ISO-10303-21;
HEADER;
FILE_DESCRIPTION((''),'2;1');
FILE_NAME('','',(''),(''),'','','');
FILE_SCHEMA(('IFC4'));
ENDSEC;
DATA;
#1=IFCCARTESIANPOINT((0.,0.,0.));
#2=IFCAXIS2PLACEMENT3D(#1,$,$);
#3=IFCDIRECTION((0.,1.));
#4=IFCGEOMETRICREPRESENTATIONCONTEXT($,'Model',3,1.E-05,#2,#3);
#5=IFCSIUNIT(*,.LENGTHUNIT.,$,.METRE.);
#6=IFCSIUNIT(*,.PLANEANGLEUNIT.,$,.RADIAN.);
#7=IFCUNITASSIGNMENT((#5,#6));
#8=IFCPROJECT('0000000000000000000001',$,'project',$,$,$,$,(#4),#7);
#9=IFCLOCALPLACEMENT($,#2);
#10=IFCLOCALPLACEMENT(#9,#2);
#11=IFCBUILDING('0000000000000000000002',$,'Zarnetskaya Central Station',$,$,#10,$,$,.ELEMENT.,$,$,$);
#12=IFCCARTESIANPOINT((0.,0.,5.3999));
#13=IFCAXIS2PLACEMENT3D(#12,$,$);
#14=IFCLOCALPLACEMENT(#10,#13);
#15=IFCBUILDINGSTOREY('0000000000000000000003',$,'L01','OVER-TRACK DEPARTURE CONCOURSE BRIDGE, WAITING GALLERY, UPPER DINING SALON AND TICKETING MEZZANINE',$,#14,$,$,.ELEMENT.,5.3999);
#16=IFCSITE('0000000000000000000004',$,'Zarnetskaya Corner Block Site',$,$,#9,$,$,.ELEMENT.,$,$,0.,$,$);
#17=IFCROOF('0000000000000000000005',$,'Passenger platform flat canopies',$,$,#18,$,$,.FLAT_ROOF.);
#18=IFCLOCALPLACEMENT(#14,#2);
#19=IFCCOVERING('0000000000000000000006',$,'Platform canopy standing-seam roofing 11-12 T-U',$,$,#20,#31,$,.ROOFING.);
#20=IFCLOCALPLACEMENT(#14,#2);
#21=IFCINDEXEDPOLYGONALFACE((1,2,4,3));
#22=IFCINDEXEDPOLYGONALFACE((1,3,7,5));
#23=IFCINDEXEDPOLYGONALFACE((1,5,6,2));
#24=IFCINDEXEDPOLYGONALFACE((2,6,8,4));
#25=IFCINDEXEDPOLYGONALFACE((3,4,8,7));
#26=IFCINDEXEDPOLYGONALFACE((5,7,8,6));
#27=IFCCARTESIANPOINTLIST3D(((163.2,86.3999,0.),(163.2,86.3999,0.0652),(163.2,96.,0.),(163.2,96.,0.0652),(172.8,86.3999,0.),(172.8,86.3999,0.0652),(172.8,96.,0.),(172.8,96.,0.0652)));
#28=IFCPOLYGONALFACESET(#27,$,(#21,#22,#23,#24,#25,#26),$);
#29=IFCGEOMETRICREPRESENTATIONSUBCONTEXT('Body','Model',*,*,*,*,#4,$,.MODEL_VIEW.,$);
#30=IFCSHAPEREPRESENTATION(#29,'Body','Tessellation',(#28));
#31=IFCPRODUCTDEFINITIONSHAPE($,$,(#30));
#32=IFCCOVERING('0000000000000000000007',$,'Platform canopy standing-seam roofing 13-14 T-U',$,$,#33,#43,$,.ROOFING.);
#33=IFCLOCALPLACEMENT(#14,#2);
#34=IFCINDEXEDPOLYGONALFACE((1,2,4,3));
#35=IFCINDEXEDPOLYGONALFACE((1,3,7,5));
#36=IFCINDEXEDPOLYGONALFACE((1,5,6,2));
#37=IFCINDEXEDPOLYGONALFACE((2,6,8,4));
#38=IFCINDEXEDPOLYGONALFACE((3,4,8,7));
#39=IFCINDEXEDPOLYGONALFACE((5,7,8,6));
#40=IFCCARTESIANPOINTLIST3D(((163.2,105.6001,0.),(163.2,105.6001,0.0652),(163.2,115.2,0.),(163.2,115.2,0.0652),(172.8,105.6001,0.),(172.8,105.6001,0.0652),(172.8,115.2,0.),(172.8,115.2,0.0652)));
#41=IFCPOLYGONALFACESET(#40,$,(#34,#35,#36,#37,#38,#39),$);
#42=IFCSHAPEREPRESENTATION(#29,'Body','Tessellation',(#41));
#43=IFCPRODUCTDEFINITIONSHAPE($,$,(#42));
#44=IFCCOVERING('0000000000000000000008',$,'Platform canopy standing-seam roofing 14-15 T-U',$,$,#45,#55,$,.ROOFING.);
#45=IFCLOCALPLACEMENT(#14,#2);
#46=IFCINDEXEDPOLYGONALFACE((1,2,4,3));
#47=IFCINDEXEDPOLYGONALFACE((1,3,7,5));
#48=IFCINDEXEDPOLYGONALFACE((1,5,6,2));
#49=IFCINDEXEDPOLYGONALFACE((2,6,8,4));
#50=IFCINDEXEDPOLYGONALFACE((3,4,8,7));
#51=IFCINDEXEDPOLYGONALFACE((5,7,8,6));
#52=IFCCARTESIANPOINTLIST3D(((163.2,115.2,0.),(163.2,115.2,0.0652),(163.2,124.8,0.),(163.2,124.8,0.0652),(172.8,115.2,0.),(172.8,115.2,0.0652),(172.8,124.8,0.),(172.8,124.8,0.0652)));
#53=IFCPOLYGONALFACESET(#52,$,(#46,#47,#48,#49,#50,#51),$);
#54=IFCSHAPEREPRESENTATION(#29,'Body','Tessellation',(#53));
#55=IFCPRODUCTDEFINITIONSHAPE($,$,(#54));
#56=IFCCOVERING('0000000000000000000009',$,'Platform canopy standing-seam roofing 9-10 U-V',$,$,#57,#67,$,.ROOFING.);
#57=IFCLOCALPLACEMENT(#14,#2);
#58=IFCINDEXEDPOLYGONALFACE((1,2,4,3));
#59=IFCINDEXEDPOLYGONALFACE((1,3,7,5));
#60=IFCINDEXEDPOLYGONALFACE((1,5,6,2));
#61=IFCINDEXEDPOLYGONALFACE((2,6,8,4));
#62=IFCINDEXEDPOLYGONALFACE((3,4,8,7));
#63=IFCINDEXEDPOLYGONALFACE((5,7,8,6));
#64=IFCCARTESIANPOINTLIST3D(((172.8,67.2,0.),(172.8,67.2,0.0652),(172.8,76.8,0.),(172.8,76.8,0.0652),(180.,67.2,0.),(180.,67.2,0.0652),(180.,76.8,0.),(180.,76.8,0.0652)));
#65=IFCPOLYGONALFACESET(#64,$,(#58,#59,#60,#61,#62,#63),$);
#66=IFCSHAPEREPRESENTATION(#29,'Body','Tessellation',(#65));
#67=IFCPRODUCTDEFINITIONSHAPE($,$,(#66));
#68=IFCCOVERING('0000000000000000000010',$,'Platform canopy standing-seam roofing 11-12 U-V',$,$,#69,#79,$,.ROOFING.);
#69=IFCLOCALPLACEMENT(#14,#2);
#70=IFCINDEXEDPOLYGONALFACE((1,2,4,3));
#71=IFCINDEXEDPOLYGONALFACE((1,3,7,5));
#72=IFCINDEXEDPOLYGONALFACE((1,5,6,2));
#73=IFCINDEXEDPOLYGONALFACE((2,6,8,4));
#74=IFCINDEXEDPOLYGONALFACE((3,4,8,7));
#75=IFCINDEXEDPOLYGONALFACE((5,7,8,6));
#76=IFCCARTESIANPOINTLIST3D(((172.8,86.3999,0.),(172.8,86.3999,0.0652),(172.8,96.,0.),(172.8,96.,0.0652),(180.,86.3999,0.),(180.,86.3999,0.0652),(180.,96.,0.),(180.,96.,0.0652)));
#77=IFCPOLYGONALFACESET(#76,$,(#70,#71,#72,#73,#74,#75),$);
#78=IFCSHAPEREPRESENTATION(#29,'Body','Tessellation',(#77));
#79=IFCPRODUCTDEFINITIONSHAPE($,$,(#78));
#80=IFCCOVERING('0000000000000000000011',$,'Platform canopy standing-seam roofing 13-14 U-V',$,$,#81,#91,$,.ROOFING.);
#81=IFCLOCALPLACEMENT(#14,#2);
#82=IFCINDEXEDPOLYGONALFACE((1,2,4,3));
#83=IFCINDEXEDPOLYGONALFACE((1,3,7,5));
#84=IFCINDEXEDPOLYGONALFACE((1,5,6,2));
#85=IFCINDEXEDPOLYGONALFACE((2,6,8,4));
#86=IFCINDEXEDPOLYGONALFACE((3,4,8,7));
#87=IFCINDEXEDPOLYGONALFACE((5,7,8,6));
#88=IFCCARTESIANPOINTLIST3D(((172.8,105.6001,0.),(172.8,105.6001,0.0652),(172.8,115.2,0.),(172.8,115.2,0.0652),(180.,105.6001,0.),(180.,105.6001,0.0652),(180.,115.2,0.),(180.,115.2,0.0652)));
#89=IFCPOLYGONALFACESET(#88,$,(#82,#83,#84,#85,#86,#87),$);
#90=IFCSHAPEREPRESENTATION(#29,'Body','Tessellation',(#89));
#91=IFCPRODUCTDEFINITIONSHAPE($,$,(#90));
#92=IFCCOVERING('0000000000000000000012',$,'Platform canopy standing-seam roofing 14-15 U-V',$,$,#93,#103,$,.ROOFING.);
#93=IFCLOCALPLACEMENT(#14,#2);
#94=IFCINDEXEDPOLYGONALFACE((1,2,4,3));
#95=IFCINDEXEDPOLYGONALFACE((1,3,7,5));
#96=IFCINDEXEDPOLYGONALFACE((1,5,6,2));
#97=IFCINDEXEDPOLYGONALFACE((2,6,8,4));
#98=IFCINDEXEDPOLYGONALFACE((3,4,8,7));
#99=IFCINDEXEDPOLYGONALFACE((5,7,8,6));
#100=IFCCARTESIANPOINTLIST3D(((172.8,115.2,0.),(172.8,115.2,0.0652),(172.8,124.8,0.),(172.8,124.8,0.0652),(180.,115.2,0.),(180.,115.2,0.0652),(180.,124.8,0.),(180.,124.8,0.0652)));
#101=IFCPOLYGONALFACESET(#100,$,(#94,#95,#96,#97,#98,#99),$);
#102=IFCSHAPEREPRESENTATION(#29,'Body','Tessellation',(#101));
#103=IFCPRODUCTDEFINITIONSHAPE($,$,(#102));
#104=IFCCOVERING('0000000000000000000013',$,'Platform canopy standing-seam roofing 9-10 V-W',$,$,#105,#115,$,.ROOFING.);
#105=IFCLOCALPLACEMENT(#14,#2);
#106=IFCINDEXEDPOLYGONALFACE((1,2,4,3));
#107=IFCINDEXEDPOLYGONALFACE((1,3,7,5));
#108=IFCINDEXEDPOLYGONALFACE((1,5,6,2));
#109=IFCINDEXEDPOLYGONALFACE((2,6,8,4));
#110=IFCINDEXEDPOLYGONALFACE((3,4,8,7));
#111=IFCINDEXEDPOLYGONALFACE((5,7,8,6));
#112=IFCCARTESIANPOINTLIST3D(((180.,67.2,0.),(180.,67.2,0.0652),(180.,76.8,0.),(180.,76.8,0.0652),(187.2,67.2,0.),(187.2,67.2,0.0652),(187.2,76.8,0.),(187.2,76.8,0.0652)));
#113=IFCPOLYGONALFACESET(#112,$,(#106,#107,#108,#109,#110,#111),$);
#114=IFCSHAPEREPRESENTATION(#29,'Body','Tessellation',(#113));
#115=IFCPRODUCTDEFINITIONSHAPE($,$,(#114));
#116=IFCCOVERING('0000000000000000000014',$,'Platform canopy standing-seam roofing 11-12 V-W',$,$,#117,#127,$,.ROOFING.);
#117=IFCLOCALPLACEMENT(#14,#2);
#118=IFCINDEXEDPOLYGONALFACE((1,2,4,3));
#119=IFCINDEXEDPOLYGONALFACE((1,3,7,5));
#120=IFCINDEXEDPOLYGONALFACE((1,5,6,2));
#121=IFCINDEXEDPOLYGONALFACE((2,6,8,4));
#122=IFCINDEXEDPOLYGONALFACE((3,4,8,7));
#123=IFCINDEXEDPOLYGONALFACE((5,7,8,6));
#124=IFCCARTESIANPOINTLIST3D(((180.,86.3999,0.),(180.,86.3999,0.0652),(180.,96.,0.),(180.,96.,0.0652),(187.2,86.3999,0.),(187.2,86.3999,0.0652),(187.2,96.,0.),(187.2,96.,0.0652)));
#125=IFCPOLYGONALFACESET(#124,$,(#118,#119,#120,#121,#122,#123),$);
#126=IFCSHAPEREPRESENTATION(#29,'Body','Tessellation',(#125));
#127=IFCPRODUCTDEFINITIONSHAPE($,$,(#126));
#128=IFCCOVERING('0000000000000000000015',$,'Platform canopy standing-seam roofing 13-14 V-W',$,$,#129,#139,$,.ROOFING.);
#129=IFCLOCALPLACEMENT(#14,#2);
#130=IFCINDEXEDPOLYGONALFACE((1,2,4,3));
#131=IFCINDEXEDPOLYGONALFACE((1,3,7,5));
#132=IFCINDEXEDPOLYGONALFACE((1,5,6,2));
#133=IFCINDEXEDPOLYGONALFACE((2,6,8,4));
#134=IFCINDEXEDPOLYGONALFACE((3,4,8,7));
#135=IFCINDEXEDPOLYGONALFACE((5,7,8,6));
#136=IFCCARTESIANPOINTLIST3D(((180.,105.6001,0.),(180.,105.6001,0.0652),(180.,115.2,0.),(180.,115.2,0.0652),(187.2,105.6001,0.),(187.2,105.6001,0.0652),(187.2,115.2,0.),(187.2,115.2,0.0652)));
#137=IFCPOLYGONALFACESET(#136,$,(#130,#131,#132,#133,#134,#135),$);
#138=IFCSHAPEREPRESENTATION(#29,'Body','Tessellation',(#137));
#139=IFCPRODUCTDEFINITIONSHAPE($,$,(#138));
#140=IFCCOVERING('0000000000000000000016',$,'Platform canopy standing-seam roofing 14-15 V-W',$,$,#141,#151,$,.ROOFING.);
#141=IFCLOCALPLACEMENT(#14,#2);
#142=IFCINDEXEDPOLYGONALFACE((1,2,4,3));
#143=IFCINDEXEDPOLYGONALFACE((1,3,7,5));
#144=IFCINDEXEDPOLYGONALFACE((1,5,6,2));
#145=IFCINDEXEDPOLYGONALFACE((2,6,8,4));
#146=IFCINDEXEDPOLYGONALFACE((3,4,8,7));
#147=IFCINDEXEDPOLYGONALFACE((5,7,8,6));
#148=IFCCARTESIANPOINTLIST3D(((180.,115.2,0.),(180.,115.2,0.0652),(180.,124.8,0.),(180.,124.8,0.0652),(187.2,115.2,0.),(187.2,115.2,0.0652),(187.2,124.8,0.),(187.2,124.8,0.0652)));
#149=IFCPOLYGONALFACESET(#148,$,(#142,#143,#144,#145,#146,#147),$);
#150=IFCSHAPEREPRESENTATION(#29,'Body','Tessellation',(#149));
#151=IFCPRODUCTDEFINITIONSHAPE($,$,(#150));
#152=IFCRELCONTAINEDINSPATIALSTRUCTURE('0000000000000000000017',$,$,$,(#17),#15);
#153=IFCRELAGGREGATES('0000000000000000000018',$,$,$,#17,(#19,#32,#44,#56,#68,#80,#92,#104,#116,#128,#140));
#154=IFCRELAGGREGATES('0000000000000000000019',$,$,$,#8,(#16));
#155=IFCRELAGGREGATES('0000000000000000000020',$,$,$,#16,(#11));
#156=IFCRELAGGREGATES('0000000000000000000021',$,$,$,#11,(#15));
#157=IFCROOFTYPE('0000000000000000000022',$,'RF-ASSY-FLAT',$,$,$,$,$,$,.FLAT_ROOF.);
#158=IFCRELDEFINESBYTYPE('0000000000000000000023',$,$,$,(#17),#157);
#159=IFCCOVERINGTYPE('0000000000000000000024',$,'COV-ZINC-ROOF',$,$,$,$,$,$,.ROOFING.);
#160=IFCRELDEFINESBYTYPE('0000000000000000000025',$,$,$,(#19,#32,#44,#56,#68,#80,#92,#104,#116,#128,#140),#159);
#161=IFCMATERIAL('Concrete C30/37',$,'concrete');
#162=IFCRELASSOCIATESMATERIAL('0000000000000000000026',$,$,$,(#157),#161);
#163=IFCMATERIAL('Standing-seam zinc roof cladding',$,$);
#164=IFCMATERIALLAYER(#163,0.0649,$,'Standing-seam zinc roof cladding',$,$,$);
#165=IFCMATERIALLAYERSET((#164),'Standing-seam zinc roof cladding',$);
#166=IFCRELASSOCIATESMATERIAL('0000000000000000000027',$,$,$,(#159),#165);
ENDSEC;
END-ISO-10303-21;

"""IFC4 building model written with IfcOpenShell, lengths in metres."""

from ifc_helpers import new_model, si_unit, direction, frame, origin, place, context, subcontext, project, spatial, polyline, outline, extrude, material, layer, layer_set, type_object, element, aggregate, save


model = new_model("IFC4")

# Units and contexts
model_context = context("Model", 3, precision=1e-05, world=origin(), true_north=direction((0.0, 1.0)))
body_context = subcontext(model_context, "Body", "Model", "MODEL_VIEW")
ifc_project = project(units=[si_unit("LENGTHUNIT", "METRE"), si_unit("PLANEANGLEUNIT", "RADIAN")], contexts=[model_context])

# Site, building, storey
site_placement = place(None, origin())
site = spatial("IfcSite", under=ifc_project, at=site_placement, Name="Zarnetskaya Corner Block Site", CompositionType="ELEMENT", RefElevation=0.0)
building_placement = place(site_placement, origin())
building = spatial("IfcBuilding", under=site, at=building_placement, Name="Zarnetskaya Central Station", CompositionType="ELEMENT")
storey_placement = place(building_placement, frame((0.0, 0.0, 5.3999)))
storey = spatial("IfcBuildingStorey", under=building, at=storey_placement, Name="L01", Description="OVER-TRACK DEPARTURE CONCOURSE BRIDGE, WAITING GALLERY, UPPER DINING SALON AND TICKETING MEZZANINE", CompositionType="ELEMENT", Elevation=5.3999)

# Shared definitions
ifc_material_1 = material(Name="Concrete C30/37", Category="concrete")

# Roof, coverings
roof_type = type_object("IfcRoofType", Name="RF-ASSY-FLAT", PredefinedType="FLAT_ROOF", material=ifc_material_1)
roof_placement = place(storey_placement, origin())
roof = element("IfcRoof", 1, at=roof_placement, inside=storey, type_object=roof_type, Name="Passenger platform flat canopies", PredefinedType="FLAT_ROOF")
ifc_material_2 = material(Name="Standing-seam zinc roof cladding")
ifc_layer_1 = layer(ifc_material_2, 0.0649, Name="Standing-seam zinc roof cladding")
ifc_layer_set_1 = layer_set([ifc_layer_1], Name="Standing-seam zinc roof cladding")
covering_type = type_object("IfcCoveringType", Name="COV-ZINC-ROOF", PredefinedType="ROOFING", material=ifc_layer_set_1)
covering_1_placement = place(storey_placement, origin())
covering_1 = element("IfcCovering", 2, at=covering_1_placement, type_object=covering_type, Name="Platform canopy standing-seam roofing 11-12 T-U", PredefinedType="ROOFING", context=body_context, shape_type="SweptSolid", body=[
    extrude(outline(polyline([(163.2, 86.3999), (172.8, 86.3999), (172.8, 96.0), (163.2, 96.0), (163.2, 86.3999)])), origin(), (0.0, 0.0, 1.0), 0.0652),
])
covering_2_placement = place(storey_placement, origin())
covering_2 = element("IfcCovering", 3, at=covering_2_placement, type_object=covering_type, Name="Platform canopy standing-seam roofing 13-14 T-U", PredefinedType="ROOFING", context=body_context, shape_type="SweptSolid", body=[
    extrude(outline(polyline([(163.2, 105.6001), (172.8, 105.6001), (172.8, 115.2), (163.2, 115.2), (163.2, 105.6001)])), origin(), (0.0, 0.0, 1.0), 0.0652),
])
covering_3_placement = place(storey_placement, origin())
covering_3 = element("IfcCovering", 4, at=covering_3_placement, type_object=covering_type, Name="Platform canopy standing-seam roofing 14-15 T-U", PredefinedType="ROOFING", context=body_context, shape_type="SweptSolid", body=[
    extrude(outline(polyline([(163.2, 115.2), (172.8, 115.2), (172.8, 124.8), (163.2, 124.8), (163.2, 115.2)])), origin(), (0.0, 0.0, 1.0), 0.0652),
])
covering_4_placement = place(storey_placement, origin())
covering_4 = element("IfcCovering", 5, at=covering_4_placement, type_object=covering_type, Name="Platform canopy standing-seam roofing 9-10 U-V", PredefinedType="ROOFING", context=body_context, shape_type="SweptSolid", body=[
    extrude(outline(polyline([(172.8, 67.2), (180.0, 67.2), (180.0, 76.8), (172.8, 76.8), (172.8, 67.2)])), origin(), (0.0, 0.0, 1.0), 0.0652),
])
covering_5_placement = place(storey_placement, origin())
covering_5 = element("IfcCovering", 6, at=covering_5_placement, type_object=covering_type, Name="Platform canopy standing-seam roofing 11-12 U-V", PredefinedType="ROOFING", context=body_context, shape_type="SweptSolid", body=[
    extrude(outline(polyline([(172.8, 86.3999), (180.0, 86.3999), (180.0, 96.0), (172.8, 96.0), (172.8, 86.3999)])), origin(), (0.0, 0.0, 1.0), 0.0652),
])
covering_6_placement = place(storey_placement, origin())
covering_6 = element("IfcCovering", 7, at=covering_6_placement, type_object=covering_type, Name="Platform canopy standing-seam roofing 13-14 U-V", PredefinedType="ROOFING", context=body_context, shape_type="SweptSolid", body=[
    extrude(outline(polyline([(172.8, 105.6001), (180.0, 105.6001), (180.0, 115.2), (172.8, 115.2), (172.8, 105.6001)])), origin(), (0.0, 0.0, 1.0), 0.0652),
])
covering_7_placement = place(storey_placement, origin())
covering_7 = element("IfcCovering", 8, at=covering_7_placement, type_object=covering_type, Name="Platform canopy standing-seam roofing 14-15 U-V", PredefinedType="ROOFING", context=body_context, shape_type="SweptSolid", body=[
    extrude(outline(polyline([(172.8, 115.2), (180.0, 115.2), (180.0, 124.8), (172.8, 124.8), (172.8, 115.2)])), origin(), (0.0, 0.0, 1.0), 0.0652),
])
covering_8_placement = place(storey_placement, origin())
covering_8 = element("IfcCovering", 9, at=covering_8_placement, type_object=covering_type, Name="Platform canopy standing-seam roofing 9-10 V-W", PredefinedType="ROOFING", context=body_context, shape_type="SweptSolid", body=[
    extrude(outline(polyline([(180.0, 67.2), (187.2, 67.2), (187.2, 76.8), (180.0, 76.8), (180.0, 67.2)])), origin(), (0.0, 0.0, 1.0), 0.0652),
])
covering_9_placement = place(storey_placement, origin())
covering_9 = element("IfcCovering", 10, at=covering_9_placement, type_object=covering_type, Name="Platform canopy standing-seam roofing 11-12 V-W", PredefinedType="ROOFING", context=body_context, shape_type="SweptSolid", body=[
    extrude(outline(polyline([(180.0, 86.3999), (187.2, 86.3999), (187.2, 96.0), (180.0, 96.0), (180.0, 86.3999)])), origin(), (0.0, 0.0, 1.0), 0.0652),
])
covering_10_placement = place(storey_placement, origin())
covering_10 = element("IfcCovering", 11, at=covering_10_placement, type_object=covering_type, Name="Platform canopy standing-seam roofing 13-14 V-W", PredefinedType="ROOFING", context=body_context, shape_type="SweptSolid", body=[
    extrude(outline(polyline([(180.0, 105.6001), (187.2, 105.6001), (187.2, 115.2), (180.0, 115.2), (180.0, 105.6001)])), origin(), (0.0, 0.0, 1.0), 0.0652),
])
covering_11_placement = place(storey_placement, origin())
covering_11 = element("IfcCovering", 12, at=covering_11_placement, type_object=covering_type, Name="Platform canopy standing-seam roofing 14-15 V-W", PredefinedType="ROOFING", context=body_context, shape_type="SweptSolid", body=[
    extrude(outline(polyline([(180.0, 115.2), (187.2, 115.2), (187.2, 124.8), (180.0, 124.8), (180.0, 115.2)])), origin(), (0.0, 0.0, 1.0), 0.0652),
])
aggregate(roof, [covering_1, covering_2, covering_3, covering_4, covering_5, covering_6, covering_7, covering_8, covering_9, covering_10, covering_11])

save(model, "model.ifc")
